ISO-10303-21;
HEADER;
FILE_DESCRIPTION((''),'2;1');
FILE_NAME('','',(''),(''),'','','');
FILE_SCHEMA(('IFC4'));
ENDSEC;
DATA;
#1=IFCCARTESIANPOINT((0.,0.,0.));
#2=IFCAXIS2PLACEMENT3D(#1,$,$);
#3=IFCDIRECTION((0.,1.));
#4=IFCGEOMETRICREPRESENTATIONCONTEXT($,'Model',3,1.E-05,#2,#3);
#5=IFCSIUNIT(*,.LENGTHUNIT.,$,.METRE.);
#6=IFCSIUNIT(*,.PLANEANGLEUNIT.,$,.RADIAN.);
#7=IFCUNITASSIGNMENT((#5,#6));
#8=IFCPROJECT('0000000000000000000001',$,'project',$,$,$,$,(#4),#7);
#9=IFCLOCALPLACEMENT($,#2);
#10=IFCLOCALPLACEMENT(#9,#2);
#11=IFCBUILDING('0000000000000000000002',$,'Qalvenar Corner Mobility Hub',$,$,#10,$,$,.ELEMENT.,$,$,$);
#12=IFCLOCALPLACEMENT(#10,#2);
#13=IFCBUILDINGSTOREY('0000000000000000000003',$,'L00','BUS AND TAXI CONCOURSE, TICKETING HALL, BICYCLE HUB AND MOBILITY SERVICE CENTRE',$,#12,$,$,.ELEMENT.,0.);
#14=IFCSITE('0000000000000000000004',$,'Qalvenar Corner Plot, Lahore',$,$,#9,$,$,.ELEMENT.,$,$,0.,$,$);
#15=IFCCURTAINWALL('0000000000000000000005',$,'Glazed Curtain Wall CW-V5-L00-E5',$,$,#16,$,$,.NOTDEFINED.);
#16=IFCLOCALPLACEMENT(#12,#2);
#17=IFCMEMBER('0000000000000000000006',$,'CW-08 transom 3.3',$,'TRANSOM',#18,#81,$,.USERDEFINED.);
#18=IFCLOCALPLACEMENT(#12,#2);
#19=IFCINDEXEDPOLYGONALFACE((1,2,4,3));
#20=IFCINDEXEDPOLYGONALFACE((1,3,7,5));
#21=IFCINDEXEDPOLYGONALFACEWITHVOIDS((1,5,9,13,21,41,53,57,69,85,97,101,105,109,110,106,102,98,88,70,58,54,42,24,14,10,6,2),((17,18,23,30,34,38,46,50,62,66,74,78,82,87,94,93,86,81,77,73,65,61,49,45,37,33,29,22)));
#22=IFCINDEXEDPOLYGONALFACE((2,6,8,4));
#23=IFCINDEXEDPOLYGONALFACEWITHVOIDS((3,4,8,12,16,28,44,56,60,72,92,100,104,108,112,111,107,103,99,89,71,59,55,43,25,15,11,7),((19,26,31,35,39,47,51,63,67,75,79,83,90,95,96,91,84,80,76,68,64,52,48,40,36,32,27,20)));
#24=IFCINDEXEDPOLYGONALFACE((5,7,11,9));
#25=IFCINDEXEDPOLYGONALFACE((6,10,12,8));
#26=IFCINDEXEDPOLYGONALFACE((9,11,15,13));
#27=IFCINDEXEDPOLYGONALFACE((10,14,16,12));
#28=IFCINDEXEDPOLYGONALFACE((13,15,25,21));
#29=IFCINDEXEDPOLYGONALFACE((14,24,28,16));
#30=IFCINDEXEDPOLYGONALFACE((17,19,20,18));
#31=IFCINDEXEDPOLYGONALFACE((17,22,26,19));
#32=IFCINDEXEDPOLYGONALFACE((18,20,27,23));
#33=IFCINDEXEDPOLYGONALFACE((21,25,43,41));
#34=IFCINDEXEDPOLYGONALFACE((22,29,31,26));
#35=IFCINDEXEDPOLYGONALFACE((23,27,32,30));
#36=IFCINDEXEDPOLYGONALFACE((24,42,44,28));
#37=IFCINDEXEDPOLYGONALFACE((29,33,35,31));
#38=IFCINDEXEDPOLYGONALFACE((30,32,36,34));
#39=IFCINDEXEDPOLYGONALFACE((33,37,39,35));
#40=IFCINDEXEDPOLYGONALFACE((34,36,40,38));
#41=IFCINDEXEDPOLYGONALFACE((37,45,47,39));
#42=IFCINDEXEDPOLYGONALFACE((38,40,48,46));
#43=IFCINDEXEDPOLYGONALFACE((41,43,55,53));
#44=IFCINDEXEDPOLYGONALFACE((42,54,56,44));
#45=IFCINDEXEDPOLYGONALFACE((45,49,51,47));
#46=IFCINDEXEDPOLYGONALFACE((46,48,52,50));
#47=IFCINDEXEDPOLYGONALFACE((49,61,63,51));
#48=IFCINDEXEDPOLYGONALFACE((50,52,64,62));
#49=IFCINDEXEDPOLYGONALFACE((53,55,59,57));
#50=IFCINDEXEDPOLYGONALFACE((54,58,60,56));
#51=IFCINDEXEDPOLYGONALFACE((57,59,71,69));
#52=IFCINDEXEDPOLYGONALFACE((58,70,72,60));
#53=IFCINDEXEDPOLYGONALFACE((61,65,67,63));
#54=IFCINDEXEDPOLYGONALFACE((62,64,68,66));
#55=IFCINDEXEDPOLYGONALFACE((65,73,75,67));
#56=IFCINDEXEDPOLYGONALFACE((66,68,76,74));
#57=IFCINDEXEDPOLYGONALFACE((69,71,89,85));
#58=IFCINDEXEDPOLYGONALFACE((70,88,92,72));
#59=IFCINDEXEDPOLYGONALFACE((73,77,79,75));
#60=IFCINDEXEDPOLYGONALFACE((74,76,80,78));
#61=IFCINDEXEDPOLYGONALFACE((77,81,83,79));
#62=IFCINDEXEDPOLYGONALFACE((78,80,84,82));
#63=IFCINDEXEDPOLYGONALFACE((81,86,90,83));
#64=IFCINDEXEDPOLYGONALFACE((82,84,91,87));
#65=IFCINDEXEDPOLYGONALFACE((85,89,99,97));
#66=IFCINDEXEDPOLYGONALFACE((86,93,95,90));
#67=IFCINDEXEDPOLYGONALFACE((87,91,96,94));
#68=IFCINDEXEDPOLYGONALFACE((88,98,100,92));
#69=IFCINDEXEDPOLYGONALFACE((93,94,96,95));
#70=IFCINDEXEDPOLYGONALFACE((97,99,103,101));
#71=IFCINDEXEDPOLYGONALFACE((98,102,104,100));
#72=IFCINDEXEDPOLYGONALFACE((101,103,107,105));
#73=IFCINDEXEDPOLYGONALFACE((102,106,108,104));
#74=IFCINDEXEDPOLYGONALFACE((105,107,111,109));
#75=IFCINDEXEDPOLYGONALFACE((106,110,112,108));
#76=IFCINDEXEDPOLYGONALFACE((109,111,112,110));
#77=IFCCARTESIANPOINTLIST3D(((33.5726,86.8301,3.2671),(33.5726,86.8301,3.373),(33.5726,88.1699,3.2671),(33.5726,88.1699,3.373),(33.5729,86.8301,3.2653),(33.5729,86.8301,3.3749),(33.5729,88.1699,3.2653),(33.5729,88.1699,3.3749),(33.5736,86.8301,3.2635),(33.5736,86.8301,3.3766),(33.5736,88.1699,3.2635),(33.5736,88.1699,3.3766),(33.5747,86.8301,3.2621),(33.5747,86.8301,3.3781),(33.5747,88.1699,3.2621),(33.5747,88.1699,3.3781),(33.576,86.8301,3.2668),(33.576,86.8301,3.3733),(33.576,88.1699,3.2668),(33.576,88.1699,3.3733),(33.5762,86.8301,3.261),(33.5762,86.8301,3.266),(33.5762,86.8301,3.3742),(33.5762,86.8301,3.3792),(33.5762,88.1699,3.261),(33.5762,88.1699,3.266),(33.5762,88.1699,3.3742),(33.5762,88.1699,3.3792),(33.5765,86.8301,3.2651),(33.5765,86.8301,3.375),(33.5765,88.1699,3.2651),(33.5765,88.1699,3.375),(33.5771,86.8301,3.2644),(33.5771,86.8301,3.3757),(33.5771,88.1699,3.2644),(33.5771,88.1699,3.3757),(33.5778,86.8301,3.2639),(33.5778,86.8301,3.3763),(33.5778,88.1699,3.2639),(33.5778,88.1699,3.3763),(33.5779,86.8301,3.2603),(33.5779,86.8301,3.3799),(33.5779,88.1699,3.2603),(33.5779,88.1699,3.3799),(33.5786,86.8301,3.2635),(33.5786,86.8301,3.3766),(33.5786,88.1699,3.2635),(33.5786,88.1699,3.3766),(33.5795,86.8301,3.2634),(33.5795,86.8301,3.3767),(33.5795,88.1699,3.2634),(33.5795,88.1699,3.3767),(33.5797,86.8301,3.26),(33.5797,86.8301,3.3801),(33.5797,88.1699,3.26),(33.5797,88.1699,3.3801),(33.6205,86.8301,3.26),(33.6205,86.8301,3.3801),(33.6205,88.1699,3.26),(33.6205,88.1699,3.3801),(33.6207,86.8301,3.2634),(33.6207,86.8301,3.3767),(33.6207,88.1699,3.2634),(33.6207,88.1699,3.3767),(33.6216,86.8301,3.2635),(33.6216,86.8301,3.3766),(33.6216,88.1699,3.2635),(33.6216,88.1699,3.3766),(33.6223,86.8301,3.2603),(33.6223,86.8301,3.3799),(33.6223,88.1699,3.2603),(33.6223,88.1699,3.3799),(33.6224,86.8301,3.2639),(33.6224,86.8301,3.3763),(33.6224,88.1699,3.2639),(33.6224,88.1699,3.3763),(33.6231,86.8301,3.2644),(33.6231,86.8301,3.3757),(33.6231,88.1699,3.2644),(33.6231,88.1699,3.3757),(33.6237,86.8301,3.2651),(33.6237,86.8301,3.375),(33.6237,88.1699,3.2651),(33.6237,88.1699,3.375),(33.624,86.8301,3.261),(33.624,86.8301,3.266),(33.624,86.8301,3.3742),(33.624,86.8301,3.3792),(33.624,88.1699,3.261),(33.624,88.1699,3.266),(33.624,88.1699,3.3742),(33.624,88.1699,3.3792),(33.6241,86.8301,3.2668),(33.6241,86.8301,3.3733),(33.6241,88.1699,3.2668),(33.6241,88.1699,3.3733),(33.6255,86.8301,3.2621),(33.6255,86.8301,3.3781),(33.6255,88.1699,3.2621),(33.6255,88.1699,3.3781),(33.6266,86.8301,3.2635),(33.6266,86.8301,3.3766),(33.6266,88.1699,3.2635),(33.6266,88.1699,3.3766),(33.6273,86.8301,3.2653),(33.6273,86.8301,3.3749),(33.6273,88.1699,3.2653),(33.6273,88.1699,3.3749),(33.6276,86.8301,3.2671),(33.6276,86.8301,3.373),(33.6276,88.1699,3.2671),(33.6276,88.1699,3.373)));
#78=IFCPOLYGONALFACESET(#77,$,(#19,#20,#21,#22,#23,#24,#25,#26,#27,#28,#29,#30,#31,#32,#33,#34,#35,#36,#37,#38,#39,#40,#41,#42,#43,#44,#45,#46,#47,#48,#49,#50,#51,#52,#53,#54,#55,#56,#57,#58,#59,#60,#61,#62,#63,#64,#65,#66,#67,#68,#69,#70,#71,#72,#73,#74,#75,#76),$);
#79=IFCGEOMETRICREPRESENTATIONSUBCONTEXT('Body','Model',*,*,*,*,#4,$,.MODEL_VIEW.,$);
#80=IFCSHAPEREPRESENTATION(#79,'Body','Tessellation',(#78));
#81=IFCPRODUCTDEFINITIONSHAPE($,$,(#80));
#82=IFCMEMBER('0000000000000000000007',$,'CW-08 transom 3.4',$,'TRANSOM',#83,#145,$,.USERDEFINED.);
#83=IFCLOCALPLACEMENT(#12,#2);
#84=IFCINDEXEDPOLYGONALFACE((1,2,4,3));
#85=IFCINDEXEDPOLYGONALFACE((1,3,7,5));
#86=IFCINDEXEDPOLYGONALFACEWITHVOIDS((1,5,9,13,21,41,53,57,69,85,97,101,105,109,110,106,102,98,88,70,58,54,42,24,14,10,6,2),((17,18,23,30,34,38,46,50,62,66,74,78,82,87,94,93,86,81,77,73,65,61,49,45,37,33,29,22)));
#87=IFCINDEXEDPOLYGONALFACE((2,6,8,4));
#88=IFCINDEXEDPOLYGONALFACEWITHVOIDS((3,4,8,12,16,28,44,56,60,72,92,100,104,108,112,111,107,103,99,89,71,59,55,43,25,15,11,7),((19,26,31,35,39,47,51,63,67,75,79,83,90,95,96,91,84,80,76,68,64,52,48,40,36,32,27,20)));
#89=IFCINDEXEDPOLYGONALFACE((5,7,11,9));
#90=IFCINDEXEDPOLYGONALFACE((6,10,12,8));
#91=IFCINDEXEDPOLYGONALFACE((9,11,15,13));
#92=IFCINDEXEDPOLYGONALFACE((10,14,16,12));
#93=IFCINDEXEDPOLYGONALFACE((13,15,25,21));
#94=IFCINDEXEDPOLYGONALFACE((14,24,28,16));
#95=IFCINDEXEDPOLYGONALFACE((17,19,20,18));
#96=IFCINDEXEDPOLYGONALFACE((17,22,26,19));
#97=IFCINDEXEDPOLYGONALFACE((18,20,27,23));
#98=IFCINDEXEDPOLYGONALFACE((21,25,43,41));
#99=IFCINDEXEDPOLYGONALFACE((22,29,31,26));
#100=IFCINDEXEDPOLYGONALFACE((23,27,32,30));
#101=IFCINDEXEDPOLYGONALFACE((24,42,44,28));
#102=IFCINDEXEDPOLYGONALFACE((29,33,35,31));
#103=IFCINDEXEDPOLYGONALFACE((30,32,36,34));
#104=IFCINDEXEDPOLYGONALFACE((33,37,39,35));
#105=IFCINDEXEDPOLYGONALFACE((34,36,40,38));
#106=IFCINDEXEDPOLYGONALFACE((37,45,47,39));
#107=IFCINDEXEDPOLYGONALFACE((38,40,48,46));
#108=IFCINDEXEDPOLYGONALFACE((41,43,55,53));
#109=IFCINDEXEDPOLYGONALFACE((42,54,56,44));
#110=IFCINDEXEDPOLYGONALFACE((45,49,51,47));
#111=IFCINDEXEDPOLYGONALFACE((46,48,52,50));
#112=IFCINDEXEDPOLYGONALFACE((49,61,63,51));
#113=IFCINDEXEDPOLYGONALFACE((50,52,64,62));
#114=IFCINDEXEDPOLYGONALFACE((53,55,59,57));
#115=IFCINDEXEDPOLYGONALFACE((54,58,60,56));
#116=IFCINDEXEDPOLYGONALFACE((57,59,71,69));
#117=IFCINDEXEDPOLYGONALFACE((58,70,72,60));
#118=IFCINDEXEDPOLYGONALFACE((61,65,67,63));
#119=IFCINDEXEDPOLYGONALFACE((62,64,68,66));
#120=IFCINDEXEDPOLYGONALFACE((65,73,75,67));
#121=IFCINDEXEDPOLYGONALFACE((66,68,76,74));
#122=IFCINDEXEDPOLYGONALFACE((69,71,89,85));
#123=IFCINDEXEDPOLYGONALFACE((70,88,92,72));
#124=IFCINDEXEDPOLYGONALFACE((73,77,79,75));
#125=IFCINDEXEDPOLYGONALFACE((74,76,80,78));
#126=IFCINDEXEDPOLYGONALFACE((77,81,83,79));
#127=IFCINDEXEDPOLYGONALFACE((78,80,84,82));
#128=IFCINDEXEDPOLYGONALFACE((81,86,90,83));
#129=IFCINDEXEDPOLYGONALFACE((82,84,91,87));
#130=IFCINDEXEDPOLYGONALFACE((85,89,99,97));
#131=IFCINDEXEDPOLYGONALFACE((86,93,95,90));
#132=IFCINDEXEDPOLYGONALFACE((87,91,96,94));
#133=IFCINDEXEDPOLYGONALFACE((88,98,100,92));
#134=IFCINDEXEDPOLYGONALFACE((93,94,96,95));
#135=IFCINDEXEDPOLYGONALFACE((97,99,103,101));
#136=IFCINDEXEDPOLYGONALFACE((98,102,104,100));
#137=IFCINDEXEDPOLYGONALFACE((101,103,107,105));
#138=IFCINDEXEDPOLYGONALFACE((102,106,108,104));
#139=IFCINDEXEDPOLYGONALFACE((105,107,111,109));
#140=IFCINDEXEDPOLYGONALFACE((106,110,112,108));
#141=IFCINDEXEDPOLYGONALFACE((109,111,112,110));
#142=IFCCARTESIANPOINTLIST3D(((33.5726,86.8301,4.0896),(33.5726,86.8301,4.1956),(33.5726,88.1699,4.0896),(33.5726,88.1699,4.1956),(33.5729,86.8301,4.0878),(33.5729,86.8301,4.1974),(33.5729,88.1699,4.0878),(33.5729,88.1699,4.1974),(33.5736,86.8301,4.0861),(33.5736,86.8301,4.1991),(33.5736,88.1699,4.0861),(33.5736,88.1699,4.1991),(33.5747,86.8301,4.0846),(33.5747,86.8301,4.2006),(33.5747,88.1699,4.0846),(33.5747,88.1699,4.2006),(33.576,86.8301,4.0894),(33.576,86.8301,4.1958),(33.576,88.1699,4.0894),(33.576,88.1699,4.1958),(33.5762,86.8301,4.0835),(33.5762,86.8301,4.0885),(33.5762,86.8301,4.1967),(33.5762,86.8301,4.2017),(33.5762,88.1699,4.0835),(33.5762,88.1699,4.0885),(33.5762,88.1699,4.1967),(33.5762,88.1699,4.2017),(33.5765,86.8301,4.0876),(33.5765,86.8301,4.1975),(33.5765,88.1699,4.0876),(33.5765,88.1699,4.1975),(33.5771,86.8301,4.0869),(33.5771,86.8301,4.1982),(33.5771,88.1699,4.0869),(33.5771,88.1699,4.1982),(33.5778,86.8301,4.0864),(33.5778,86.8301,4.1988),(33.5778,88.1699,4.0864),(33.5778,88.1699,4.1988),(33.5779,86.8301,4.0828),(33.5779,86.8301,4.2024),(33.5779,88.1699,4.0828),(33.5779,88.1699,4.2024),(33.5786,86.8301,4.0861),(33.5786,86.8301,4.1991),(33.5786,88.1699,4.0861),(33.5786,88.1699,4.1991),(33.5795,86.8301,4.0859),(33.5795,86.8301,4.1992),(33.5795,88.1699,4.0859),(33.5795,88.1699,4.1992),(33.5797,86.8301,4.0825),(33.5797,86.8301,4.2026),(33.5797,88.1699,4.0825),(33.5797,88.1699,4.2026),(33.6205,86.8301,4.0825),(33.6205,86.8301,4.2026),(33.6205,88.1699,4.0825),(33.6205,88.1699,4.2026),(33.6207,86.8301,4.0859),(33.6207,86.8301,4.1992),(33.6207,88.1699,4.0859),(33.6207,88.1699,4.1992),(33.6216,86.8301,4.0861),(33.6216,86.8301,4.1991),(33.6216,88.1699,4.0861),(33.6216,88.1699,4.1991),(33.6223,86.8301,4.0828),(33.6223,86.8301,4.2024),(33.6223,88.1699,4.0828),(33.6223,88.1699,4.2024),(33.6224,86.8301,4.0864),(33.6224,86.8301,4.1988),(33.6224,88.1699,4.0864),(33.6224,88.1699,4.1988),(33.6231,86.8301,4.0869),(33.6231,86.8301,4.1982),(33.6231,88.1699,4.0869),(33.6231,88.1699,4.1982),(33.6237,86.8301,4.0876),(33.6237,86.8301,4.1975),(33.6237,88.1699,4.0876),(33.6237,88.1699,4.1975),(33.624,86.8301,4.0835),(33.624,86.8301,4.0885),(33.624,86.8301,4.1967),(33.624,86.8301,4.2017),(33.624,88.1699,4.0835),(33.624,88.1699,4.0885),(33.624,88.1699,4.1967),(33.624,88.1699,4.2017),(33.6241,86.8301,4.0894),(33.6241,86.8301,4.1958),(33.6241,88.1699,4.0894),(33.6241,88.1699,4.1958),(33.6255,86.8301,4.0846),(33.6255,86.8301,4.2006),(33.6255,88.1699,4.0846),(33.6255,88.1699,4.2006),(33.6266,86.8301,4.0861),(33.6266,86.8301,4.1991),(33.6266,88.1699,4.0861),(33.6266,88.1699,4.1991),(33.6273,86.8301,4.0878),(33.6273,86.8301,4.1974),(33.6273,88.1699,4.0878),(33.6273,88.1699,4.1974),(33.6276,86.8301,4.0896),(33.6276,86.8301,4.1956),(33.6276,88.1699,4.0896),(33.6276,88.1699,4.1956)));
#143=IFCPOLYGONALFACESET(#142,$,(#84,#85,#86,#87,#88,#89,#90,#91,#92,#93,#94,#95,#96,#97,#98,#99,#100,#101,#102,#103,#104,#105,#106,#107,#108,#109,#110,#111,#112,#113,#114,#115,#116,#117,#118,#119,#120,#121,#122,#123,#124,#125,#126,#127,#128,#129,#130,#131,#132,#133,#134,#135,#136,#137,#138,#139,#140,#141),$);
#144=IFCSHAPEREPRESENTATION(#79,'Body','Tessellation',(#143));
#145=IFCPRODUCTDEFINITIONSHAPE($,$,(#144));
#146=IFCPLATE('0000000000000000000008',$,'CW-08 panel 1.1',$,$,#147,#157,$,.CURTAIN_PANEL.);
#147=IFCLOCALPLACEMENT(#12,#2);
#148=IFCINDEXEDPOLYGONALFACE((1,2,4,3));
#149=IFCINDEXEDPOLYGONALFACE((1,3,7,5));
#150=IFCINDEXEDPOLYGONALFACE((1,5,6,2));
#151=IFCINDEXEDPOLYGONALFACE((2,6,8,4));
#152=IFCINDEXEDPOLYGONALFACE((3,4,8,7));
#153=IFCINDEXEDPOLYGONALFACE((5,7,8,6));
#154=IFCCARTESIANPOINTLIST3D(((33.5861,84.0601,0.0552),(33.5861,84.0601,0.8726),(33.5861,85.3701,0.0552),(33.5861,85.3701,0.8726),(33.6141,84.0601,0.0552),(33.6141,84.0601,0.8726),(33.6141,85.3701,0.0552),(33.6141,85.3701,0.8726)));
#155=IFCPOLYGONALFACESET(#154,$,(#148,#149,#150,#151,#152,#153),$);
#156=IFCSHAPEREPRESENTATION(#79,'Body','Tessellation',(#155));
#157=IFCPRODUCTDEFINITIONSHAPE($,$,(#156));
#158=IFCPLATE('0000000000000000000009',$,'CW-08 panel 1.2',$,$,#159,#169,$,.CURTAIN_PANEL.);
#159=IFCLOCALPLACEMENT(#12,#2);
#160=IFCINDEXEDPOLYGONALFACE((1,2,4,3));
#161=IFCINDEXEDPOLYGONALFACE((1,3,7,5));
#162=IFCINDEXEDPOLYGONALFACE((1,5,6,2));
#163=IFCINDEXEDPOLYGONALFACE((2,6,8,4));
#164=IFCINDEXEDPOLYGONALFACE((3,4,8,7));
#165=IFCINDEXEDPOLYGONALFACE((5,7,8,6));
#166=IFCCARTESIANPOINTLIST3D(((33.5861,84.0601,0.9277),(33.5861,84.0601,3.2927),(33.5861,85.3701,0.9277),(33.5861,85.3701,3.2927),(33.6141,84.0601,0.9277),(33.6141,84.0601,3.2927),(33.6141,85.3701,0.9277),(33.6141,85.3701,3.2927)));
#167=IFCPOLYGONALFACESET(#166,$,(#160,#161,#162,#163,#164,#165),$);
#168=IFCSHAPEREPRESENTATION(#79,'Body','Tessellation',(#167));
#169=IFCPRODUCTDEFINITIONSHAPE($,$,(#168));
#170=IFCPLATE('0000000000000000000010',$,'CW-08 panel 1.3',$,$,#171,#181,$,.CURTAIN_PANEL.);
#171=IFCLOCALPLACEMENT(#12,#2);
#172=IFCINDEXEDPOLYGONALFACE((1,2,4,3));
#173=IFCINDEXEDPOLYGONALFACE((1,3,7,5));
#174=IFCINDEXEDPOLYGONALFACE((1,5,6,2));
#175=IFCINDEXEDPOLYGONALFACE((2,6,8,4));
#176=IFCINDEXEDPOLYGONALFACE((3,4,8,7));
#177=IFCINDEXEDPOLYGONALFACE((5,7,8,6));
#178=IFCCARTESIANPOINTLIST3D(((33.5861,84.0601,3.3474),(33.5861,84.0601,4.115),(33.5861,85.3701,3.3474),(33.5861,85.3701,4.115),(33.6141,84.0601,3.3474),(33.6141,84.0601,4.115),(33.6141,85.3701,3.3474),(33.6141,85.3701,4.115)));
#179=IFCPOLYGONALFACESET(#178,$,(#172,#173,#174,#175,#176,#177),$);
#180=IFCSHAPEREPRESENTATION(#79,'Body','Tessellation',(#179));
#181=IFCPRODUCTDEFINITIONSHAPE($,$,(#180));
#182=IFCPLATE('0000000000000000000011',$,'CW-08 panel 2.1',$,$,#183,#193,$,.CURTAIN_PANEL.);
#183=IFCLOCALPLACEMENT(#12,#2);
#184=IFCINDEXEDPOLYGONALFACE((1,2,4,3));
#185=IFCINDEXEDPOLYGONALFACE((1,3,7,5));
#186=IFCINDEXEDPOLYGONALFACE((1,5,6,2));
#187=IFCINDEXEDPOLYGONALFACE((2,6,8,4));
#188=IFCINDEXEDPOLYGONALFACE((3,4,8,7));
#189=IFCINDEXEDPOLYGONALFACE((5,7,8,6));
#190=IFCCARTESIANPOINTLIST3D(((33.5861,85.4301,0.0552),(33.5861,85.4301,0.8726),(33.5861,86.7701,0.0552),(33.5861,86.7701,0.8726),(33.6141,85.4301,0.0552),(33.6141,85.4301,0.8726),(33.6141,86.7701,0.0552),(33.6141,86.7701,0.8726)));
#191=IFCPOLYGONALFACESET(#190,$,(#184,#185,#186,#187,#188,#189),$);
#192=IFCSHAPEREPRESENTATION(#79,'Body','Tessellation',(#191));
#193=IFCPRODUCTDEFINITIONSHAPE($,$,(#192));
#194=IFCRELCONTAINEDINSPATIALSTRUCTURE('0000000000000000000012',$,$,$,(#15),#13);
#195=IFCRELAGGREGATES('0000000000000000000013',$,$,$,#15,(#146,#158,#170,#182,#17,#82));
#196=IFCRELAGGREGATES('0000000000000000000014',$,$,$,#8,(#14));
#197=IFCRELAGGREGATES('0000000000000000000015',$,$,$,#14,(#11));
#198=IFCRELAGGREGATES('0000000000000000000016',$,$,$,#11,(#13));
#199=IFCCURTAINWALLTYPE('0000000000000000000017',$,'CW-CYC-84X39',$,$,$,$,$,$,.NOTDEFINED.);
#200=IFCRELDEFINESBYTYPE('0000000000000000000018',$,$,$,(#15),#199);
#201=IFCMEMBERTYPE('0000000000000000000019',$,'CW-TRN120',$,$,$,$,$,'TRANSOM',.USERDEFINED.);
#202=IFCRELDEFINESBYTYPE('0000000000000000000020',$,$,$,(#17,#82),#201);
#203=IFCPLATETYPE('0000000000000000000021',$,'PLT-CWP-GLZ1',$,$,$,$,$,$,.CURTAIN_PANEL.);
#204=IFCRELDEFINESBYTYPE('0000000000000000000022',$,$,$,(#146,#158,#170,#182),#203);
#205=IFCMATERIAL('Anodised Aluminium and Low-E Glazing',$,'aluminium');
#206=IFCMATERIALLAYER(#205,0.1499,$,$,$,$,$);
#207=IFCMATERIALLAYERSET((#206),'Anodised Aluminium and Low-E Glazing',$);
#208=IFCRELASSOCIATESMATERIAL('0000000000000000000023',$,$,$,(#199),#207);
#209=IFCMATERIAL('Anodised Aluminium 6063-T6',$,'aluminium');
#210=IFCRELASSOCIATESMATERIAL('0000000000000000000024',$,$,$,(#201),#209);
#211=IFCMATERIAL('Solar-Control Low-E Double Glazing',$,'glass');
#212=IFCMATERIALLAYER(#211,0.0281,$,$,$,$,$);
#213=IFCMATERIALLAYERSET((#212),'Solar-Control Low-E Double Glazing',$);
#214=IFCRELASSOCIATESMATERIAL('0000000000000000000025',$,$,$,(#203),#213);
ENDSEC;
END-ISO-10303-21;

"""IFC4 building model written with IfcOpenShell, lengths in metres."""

from ifc_helpers import new_model, si_unit, direction, frame, origin, origin_2d, place, context, subcontext, project, spatial, rectangle, hollow_rectangle, extrude, material, layer, layer_set, material_profile, profile_set, type_object, element, aggregate, save


model = new_model("IFC4")

# Units and contexts
model_context = context("Model", 3, precision=1e-05, world=origin(), true_north=direction((0.0, 1.0)))
body_context = subcontext(model_context, "Body", "Model", "MODEL_VIEW")
ifc_project = project(units=[si_unit("LENGTHUNIT", "METRE"), si_unit("PLANEANGLEUNIT", "RADIAN")], contexts=[model_context])

# Site, building, storey
site_placement = place(None, origin())
site = spatial("IfcSite", under=ifc_project, at=site_placement, Name="Qalvenar Corner Plot, Lahore", CompositionType="ELEMENT", RefElevation=0.0)
building_placement = place(site_placement, origin())
building = spatial("IfcBuilding", under=site, at=building_placement, Name="Qalvenar Corner Mobility Hub", CompositionType="ELEMENT")
storey_placement = place(building_placement, origin())
storey = spatial("IfcBuildingStorey", under=building, at=storey_placement, Name="L00", Description="BUS AND TAXI CONCOURSE, TICKETING HALL, BICYCLE HUB AND MOBILITY SERVICE CENTRE", CompositionType="ELEMENT", Elevation=0.0)

# Curtain wall, members, plates
ifc_material_1 = material(Name="Anodised Aluminium and Low-E Glazing", Category="aluminium")
ifc_layer_1 = layer(ifc_material_1, 0.1499)
ifc_layer_set_1 = layer_set([ifc_layer_1], Name="Anodised Aluminium and Low-E Glazing")
curtain_wall_type = type_object("IfcCurtainWallType", Name="CW-CYC-84X39", PredefinedType="NOTDEFINED", material=ifc_layer_set_1)
curtain_wall_placement = place(storey_placement, origin())
curtain_wall = element("IfcCurtainWall", 1, at=curtain_wall_placement, inside=storey, type_object=curtain_wall_type, Name="Glazed Curtain Wall CW-V5-L00-E5", PredefinedType="NOTDEFINED")
ifc_material_2 = material(Name="Anodised Aluminium 6063-T6", Category="aluminium")
ifc_material_profile_1 = material_profile(ifc_material_2, hollow_rectangle(XDim=0.0549, YDim=0.1201, WallThickness=0.0034, InnerFilletRadius=0.0034, OuterFilletRadius=0.0071, at=origin_2d()), Name="RHS120x55x3.5")
ifc_profile_set_1 = profile_set([ifc_material_profile_1], Name="Anodised Aluminium 6063-T6")
member_type_1 = type_object("IfcMemberType", Name="CW-TRN120", ElementType="TRANSOM", PredefinedType="USERDEFINED", material=ifc_profile_set_1)
member_1_placement = place(storey_placement, frame((33.6001, 86.8301, 3.3201), z_axis=(0.0, 1.0, 0.0), x_axis=(-1.0, 0.0, 0.0)))
member_1 = element("IfcMember", 2, at=member_1_placement, type_object=member_type_1, Name="CW-08 transom 3.3", ObjectType="TRANSOM", PredefinedType="USERDEFINED", context=body_context, shape_type="SweptSolid", body=[
    extrude(hollow_rectangle(XDim=0.0549, YDim=0.1201, WallThickness=0.0034, InnerFilletRadius=0.0034, OuterFilletRadius=0.0071, at=origin_2d()), origin(), (0.0, 0.0, 1.0), 1.3398),
])
member_2_placement = place(storey_placement, frame((33.6001, 86.8301, 4.1426), z_axis=(0.0, 1.0, 0.0), x_axis=(-1.0, 0.0, 0.0)))
member_2 = element("IfcMember", 3, at=member_2_placement, type_object=member_type_1, Name="CW-08 transom 3.4", ObjectType="TRANSOM", PredefinedType="USERDEFINED", context=body_context, shape_type="SweptSolid", body=[
    extrude(hollow_rectangle(XDim=0.0549, YDim=0.1201, WallThickness=0.0034, InnerFilletRadius=0.0034, OuterFilletRadius=0.0071, at=origin_2d()), origin(), (0.0, 0.0, 1.0), 1.3398),
])
ifc_material_3 = material(Name="Solar-Control Low-E Double Glazing", Category="glass")
ifc_layer_2 = layer(ifc_material_3, 0.0281)
ifc_layer_set_2 = layer_set([ifc_layer_2], Name="Solar-Control Low-E Double Glazing")
plate_type = type_object("IfcPlateType", Name="PLT-CWP-GLZ1", PredefinedType="CURTAIN_PANEL", material=ifc_layer_set_2)
plate_1_placement = place(storey_placement, frame((33.6001, 84.7151, 0.0552), z_axis=(0.0, 0.0, 1.0), x_axis=(0.0, 1.0, 0.0)))
plate_1 = element("IfcPlate", 4, at=plate_1_placement, type_object=plate_type, Name="CW-08 panel 1.1", PredefinedType="CURTAIN_PANEL", context=body_context, shape_type="SweptSolid", body=[
    extrude(rectangle(XDim=1.3101, YDim=0.0281, at=origin_2d()), origin(), (0.0, 0.0, 1.0), 0.8174),
])
plate_2_placement = place(storey_placement, frame((33.6001, 84.7151, 0.9277), z_axis=(0.0, 0.0, 1.0), x_axis=(0.0, 1.0, 0.0)))
plate_2 = element("IfcPlate", 5, at=plate_2_placement, type_object=plate_type, Name="CW-08 panel 1.2", PredefinedType="CURTAIN_PANEL", context=body_context, shape_type="SweptSolid", body=[
    extrude(rectangle(XDim=1.3101, YDim=0.0281, at=origin_2d()), origin(), (0.0, 0.0, 1.0), 2.365),
])
plate_3_placement = place(storey_placement, frame((33.6001, 84.7151, 3.3474), z_axis=(0.0, 0.0, 1.0), x_axis=(0.0, 1.0, 0.0)))
plate_3 = element("IfcPlate", 6, at=plate_3_placement, type_object=plate_type, Name="CW-08 panel 1.3", PredefinedType="CURTAIN_PANEL", context=body_context, shape_type="SweptSolid", body=[
    extrude(rectangle(XDim=1.3101, YDim=0.0281, at=origin_2d()), origin(), (0.0, 0.0, 1.0), 0.7676),
])
plate_4_placement = place(storey_placement, frame((33.6001, 86.1001, 0.0552), z_axis=(0.0, 0.0, 1.0), x_axis=(0.0, 1.0, 0.0)))
plate_4 = element("IfcPlate", 7, at=plate_4_placement, type_object=plate_type, Name="CW-08 panel 2.1", PredefinedType="CURTAIN_PANEL", context=body_context, shape_type="SweptSolid", body=[
    extrude(rectangle(XDim=1.3401, YDim=0.0281, at=origin_2d()), origin(), (0.0, 0.0, 1.0), 0.8174),
])
aggregate(curtain_wall, [plate_1, plate_2, plate_3, plate_4, member_1, member_2])

save(model, "model.ifc")
